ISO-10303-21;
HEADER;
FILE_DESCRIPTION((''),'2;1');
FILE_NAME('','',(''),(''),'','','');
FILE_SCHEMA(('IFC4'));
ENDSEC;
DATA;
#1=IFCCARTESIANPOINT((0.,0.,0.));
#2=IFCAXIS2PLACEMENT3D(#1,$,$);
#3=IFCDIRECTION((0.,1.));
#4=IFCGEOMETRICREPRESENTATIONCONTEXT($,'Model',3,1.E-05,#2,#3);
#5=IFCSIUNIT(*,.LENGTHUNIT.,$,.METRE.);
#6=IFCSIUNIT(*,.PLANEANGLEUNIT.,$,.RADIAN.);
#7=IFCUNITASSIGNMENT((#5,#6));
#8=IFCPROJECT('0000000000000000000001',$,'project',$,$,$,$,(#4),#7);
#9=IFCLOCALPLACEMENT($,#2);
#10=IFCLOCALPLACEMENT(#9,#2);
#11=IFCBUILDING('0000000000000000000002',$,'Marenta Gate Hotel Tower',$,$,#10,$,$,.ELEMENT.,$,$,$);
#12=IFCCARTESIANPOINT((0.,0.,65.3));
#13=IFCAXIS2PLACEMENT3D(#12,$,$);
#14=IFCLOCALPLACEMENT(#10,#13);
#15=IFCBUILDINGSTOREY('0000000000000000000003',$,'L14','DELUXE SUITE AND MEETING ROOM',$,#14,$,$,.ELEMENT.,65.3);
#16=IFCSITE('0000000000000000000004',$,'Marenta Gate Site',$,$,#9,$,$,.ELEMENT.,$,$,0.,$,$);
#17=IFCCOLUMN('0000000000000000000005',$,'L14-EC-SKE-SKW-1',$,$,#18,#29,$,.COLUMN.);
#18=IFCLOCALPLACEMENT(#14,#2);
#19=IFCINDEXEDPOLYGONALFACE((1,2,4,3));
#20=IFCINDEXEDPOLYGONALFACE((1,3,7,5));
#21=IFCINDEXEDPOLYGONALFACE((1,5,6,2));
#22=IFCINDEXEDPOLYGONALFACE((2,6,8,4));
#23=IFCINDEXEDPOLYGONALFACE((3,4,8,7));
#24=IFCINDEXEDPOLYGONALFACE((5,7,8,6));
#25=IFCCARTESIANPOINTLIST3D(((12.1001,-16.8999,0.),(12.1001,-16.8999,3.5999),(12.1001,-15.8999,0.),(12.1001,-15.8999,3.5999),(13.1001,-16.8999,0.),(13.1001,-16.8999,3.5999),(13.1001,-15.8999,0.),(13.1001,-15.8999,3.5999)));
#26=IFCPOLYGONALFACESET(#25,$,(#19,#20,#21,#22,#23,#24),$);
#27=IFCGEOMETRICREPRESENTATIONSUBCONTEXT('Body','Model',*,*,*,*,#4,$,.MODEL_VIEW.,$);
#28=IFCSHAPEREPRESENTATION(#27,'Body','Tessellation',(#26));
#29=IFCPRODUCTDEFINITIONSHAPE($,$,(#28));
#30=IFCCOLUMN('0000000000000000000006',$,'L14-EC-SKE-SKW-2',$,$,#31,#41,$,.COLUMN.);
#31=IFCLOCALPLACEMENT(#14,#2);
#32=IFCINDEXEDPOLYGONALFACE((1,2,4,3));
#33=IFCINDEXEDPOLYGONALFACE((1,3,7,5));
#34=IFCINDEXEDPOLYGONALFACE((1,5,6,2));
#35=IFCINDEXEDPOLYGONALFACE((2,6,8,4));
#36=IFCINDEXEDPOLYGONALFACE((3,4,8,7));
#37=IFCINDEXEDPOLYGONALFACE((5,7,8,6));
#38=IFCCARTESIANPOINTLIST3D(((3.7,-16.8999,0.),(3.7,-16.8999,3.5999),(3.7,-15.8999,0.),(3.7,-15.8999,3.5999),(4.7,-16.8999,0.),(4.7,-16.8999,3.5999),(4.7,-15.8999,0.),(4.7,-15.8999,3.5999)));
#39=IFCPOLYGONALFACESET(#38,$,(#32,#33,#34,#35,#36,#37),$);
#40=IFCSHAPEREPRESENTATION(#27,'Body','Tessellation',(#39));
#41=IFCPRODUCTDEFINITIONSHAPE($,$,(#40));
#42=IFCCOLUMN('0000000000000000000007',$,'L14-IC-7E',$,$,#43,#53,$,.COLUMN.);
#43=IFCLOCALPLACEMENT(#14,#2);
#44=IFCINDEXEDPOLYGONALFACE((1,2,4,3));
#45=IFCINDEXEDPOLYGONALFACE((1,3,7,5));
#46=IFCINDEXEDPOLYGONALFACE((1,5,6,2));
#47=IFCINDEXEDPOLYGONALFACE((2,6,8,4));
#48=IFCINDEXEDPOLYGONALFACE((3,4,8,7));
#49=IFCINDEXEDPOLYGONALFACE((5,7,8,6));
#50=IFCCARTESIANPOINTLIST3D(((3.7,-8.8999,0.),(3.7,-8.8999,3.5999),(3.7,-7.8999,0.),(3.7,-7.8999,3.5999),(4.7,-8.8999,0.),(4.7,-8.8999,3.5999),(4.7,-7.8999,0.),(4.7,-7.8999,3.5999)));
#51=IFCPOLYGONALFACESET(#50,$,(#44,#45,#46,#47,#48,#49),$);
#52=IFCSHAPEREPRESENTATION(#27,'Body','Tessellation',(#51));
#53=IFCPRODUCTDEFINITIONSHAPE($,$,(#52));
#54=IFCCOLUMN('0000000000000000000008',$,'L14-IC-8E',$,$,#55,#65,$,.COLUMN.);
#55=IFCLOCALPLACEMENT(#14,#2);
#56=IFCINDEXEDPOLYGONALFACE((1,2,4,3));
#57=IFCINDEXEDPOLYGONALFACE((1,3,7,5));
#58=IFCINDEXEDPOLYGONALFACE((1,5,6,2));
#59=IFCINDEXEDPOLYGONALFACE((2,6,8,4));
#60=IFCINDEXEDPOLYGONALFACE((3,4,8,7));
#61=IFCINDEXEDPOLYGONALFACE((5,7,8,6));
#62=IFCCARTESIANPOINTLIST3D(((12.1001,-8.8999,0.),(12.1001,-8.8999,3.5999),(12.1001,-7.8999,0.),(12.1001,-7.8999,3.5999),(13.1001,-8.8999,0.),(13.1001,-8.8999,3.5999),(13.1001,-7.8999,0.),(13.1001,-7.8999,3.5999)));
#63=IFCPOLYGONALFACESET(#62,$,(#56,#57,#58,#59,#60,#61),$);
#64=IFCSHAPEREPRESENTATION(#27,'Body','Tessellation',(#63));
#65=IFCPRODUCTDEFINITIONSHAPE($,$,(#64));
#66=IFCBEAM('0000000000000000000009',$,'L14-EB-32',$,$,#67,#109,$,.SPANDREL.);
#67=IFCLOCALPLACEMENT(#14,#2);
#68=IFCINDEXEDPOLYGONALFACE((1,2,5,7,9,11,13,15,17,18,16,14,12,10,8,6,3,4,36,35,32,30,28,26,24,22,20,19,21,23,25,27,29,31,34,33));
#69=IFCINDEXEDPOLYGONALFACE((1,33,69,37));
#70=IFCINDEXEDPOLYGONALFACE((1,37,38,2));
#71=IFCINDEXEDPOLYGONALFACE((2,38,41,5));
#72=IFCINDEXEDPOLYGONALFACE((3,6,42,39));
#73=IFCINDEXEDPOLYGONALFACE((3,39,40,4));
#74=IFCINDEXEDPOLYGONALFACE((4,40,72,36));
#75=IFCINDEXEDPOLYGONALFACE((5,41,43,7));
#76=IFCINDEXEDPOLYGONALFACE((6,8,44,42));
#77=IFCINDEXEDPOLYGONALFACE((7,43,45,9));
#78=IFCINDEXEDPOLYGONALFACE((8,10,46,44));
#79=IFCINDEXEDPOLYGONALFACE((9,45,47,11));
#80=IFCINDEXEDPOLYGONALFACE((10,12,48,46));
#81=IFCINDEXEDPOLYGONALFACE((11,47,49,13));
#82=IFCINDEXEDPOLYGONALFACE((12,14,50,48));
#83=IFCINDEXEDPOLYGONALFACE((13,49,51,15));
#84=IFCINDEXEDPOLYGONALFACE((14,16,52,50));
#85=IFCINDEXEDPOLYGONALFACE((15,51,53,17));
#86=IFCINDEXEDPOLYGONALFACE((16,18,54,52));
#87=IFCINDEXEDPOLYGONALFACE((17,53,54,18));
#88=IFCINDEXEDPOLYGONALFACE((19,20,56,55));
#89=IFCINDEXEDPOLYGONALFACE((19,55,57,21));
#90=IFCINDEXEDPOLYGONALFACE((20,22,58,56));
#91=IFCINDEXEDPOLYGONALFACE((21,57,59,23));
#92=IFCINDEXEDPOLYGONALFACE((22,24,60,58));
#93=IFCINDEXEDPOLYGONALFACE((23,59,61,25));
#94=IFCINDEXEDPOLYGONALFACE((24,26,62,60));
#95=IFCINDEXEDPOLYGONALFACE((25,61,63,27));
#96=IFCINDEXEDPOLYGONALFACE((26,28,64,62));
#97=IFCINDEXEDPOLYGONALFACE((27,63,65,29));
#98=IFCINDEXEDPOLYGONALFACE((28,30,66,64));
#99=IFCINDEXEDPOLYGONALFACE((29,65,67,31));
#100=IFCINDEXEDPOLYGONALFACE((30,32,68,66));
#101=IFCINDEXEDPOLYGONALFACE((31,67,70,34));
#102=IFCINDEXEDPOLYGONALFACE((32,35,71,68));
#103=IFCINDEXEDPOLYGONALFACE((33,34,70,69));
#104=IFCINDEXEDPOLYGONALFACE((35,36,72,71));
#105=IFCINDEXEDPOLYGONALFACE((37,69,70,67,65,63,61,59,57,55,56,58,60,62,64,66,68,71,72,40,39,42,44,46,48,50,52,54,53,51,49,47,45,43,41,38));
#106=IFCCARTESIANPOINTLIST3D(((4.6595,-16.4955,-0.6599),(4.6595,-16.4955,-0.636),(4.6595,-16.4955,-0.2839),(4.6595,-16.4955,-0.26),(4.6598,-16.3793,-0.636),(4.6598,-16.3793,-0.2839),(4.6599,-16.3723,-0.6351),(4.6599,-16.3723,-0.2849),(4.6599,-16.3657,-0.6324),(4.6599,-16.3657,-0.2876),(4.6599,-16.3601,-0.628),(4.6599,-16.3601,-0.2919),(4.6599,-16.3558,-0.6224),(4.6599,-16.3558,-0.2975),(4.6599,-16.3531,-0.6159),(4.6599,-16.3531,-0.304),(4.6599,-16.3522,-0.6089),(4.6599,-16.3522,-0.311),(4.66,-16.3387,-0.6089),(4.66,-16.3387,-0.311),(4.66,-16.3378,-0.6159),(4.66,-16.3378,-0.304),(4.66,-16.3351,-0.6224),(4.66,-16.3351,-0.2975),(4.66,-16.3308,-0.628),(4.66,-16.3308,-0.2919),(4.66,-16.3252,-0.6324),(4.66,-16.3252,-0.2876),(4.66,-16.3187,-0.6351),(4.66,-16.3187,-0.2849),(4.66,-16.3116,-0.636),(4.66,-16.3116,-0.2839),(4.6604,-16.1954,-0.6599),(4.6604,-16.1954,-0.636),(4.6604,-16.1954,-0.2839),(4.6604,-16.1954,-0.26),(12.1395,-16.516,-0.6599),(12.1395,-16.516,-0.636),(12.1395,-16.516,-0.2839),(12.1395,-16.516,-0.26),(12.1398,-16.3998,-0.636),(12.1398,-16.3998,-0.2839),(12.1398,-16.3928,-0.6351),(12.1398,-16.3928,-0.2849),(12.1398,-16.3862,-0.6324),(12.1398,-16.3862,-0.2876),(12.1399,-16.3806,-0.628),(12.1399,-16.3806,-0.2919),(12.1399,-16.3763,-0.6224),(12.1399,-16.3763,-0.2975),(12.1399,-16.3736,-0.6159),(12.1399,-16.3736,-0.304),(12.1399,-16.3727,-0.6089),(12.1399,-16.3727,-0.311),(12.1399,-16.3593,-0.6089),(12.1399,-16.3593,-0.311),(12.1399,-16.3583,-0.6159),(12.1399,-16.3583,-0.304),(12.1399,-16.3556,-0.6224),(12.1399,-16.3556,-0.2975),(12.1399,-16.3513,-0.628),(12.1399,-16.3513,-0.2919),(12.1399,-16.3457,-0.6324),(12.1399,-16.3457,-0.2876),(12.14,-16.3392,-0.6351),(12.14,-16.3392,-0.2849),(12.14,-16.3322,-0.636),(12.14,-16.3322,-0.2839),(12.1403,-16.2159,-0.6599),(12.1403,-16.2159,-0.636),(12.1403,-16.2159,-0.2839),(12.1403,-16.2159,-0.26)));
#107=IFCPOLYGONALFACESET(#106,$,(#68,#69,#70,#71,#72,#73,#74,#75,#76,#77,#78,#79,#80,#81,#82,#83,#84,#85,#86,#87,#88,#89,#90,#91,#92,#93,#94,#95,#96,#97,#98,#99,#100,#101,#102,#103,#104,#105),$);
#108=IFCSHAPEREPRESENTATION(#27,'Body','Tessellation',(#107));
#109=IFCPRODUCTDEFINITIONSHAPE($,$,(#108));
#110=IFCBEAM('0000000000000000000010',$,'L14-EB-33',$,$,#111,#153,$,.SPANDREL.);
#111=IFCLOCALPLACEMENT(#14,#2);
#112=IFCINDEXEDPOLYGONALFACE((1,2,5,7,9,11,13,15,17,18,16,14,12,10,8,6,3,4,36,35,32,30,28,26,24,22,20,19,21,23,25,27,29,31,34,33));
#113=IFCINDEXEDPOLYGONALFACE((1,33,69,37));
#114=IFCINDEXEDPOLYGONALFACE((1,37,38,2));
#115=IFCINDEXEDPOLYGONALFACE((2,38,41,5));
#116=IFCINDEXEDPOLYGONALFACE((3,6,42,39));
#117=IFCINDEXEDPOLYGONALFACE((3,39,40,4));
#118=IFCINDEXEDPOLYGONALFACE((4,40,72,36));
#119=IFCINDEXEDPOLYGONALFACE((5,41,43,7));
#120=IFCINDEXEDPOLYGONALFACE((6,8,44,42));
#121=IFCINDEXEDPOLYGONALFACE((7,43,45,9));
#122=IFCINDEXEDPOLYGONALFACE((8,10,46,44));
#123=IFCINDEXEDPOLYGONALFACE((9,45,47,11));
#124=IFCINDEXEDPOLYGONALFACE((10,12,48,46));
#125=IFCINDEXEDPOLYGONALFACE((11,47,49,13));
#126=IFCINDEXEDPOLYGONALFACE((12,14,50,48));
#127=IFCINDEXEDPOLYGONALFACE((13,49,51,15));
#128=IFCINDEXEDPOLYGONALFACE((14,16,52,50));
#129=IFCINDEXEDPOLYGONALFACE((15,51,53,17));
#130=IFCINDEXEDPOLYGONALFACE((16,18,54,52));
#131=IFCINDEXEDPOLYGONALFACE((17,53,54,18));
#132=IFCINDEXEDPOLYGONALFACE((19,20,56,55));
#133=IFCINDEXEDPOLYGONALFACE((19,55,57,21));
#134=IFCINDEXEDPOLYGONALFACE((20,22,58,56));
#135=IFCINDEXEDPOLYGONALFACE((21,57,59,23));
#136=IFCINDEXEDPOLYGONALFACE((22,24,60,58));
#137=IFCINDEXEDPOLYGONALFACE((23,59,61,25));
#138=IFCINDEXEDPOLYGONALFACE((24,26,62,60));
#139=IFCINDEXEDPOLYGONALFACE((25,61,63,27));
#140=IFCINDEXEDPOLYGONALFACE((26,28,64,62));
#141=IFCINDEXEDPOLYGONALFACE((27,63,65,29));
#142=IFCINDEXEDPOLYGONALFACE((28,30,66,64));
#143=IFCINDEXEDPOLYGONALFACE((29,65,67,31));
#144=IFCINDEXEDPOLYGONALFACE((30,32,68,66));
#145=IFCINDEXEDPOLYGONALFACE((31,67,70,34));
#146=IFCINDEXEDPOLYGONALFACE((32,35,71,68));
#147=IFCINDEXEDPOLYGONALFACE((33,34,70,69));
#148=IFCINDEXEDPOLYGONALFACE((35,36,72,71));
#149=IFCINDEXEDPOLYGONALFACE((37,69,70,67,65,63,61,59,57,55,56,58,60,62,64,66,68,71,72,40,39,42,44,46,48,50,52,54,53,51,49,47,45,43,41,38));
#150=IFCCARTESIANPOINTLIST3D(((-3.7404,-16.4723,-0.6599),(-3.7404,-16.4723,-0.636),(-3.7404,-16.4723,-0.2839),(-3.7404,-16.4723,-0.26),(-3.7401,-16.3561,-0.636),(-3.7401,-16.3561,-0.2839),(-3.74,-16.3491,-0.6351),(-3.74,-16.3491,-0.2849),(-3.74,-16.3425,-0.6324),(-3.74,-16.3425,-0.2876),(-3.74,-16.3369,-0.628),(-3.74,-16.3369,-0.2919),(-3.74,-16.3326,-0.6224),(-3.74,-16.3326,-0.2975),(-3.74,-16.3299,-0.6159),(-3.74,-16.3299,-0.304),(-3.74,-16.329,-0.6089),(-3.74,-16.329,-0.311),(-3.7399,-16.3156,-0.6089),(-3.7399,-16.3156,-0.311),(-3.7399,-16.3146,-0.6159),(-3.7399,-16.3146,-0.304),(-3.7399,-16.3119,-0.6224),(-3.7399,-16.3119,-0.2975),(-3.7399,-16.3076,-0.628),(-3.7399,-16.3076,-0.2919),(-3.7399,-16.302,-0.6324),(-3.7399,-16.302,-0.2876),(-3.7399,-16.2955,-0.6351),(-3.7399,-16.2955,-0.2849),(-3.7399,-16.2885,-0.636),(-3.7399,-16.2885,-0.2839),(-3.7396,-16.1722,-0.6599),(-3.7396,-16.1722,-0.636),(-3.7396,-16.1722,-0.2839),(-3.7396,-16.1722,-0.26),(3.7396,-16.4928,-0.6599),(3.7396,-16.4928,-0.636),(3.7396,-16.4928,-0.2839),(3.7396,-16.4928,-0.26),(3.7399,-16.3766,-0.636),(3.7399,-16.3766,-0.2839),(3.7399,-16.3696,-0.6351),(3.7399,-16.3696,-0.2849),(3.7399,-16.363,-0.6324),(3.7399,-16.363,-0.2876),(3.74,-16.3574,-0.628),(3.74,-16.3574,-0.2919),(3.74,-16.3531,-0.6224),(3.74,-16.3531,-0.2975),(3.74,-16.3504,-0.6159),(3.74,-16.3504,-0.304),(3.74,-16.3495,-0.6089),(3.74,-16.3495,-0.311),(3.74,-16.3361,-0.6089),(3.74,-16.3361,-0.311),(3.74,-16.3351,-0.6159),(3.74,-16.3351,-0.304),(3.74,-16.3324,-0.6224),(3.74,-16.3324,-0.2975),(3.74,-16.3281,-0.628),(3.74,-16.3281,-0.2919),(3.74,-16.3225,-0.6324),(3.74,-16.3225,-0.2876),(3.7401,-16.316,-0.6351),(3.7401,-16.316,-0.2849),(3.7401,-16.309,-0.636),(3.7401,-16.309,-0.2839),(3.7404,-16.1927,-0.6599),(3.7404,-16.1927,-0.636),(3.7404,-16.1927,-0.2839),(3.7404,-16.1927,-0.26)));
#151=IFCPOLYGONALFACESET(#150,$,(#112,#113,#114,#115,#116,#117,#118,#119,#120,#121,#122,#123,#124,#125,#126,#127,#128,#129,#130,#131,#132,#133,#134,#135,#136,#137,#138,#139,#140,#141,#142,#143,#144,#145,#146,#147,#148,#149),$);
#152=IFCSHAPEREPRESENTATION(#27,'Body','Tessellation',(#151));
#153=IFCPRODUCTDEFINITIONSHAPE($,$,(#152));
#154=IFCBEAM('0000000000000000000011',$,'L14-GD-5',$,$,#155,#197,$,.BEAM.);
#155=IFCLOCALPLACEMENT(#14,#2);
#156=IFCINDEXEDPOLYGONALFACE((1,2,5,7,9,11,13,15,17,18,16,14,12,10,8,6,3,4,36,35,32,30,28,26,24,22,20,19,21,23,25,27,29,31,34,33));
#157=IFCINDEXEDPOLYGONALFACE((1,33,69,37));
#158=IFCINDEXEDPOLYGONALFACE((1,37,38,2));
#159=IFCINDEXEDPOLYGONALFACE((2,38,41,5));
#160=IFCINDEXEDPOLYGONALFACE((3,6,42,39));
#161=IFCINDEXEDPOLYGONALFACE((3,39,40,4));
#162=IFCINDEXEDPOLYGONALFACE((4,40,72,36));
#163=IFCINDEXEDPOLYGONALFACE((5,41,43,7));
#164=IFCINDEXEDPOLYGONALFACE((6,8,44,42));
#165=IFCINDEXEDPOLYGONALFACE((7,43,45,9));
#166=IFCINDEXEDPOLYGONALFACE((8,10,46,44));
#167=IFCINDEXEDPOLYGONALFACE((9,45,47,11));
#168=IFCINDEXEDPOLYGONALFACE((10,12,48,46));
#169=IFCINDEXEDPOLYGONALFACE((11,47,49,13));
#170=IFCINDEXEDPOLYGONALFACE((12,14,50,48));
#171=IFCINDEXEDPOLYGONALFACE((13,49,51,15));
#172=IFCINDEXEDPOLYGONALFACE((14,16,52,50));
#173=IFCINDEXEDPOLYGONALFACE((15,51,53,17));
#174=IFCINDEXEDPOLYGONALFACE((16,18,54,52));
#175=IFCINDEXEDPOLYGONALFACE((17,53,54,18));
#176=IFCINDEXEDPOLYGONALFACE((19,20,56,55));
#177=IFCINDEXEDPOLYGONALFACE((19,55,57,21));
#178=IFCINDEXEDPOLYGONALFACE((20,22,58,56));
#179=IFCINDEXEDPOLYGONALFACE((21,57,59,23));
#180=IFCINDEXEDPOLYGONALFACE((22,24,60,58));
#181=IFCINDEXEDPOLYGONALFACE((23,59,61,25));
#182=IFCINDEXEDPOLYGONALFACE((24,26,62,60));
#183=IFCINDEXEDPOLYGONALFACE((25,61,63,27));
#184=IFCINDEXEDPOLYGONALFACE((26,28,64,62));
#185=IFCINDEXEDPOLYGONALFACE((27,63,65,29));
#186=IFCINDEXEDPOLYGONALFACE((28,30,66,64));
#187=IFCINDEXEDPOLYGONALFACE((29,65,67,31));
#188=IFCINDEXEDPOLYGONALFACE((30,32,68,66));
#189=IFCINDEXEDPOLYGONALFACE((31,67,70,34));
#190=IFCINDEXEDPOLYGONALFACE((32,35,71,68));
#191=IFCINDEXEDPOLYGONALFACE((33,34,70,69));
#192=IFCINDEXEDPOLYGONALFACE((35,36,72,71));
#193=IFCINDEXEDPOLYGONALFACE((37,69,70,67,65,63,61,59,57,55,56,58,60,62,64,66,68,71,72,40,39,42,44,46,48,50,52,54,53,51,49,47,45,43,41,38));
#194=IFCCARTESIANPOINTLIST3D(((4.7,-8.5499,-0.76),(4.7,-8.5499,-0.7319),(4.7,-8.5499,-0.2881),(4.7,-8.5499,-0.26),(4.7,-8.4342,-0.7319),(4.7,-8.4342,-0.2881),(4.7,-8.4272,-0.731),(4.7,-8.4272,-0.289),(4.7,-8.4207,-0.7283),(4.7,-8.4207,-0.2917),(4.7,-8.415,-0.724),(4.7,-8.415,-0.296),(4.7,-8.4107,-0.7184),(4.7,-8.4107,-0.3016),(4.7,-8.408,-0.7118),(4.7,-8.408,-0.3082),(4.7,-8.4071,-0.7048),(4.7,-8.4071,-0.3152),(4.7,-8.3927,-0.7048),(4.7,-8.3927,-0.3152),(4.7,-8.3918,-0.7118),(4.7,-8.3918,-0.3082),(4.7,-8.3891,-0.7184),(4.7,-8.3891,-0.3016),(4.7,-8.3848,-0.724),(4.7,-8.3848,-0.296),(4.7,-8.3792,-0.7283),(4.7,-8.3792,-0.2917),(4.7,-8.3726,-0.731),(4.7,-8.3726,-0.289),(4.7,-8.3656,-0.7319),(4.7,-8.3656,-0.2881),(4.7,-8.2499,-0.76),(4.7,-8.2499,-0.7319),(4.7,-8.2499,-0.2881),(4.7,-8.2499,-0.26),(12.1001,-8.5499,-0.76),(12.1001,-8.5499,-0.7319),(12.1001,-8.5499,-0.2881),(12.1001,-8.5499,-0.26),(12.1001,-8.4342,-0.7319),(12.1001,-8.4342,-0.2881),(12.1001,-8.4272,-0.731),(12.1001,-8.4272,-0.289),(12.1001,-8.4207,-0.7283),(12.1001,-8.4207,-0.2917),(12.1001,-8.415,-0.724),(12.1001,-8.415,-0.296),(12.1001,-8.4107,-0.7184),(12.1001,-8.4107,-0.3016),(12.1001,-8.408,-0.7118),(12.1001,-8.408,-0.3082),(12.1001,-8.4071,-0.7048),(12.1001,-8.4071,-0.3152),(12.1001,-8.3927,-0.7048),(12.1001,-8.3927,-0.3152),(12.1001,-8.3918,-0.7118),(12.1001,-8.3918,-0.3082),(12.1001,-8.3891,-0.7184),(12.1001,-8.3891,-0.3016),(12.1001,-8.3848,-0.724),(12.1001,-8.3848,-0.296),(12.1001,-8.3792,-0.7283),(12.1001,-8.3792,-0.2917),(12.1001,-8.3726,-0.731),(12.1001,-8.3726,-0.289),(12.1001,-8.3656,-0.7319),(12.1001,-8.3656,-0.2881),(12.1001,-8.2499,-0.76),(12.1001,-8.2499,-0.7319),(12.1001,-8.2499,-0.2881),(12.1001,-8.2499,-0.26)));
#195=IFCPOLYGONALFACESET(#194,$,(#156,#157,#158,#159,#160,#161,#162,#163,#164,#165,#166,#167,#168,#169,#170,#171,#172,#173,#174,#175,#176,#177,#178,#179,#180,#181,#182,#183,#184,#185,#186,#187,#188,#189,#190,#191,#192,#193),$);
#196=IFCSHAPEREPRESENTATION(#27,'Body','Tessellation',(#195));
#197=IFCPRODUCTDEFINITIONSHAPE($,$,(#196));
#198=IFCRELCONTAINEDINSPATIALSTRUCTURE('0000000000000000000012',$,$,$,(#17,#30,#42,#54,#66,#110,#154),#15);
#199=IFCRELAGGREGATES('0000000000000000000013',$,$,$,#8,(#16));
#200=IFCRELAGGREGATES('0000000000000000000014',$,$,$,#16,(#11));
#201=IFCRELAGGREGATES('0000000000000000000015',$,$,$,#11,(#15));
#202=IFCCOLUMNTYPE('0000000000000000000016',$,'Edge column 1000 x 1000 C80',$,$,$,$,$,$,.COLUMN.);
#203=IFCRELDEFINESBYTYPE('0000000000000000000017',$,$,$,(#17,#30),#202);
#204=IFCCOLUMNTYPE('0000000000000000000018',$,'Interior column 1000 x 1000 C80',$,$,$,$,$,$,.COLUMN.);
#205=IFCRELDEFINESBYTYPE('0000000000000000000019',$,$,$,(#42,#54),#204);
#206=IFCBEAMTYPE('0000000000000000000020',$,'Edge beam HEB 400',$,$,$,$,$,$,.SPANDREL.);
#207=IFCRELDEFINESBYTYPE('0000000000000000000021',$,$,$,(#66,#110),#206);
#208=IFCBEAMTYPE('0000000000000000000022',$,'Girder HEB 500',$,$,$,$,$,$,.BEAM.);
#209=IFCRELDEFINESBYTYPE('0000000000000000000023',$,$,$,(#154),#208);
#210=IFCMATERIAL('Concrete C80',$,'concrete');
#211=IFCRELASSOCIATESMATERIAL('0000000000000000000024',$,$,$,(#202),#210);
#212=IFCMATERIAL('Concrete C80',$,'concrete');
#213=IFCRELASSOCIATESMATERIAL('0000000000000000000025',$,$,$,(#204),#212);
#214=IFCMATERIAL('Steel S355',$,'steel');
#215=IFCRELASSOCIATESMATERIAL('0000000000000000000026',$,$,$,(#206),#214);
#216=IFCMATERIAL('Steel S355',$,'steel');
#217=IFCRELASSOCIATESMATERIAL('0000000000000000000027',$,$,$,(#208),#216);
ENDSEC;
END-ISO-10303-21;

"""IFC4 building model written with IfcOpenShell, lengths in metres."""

from ifc_helpers import new_model, si_unit, direction, frame, origin, origin_2d, place, context, subcontext, project, spatial, rectangle, i_section, extrude, material, material_profile, profile_set, type_object, element, save


model = new_model("IFC4")

# Units and contexts
model_context = context("Model", 3, precision=1e-05, world=origin(), true_north=direction((0.0, 1.0)))
body_context = subcontext(model_context, "Body", "Model", "MODEL_VIEW")
ifc_project = project(units=[si_unit("LENGTHUNIT", "METRE"), si_unit("PLANEANGLEUNIT", "RADIAN")], contexts=[model_context])

# Site, building, storey
site_placement = place(None, origin())
site = spatial("IfcSite", under=ifc_project, at=site_placement, Name="Marenta Gate Site", CompositionType="ELEMENT", RefElevation=0.0)
building_placement = place(site_placement, origin())
building = spatial("IfcBuilding", under=site, at=building_placement, Name="Marenta Gate Hotel Tower", CompositionType="ELEMENT")
storey_placement = place(building_placement, frame((0.0, 0.0, 65.3)))
storey = spatial("IfcBuildingStorey", under=building, at=storey_placement, Name="L14", Description="DELUXE SUITE AND MEETING ROOM", CompositionType="ELEMENT", Elevation=65.3)

# Columns
ifc_material_1 = material(Name="Concrete C80", Category="concrete")
ifc_material_profile_1 = material_profile(ifc_material_1, rectangle(XDim=1.0, YDim=1.0, at=origin_2d()), Name="1000 x 1000")
ifc_profile_set_1 = profile_set([ifc_material_profile_1], Name="Concrete C80")
column_type_1 = type_object("IfcColumnType", Name="Edge column 1000 x 1000 C80", PredefinedType="COLUMN", material=ifc_profile_set_1)
for number, where, z_axis, x_axis, name in (
    (1, (12.6001, -16.3999, 0.0), (0.0, 0.0, 1.0), (1.0, 0.0, 0.0), "L14-EC-SKE-SKW-1"),
    (2, (4.2, -16.3999, 0.0), (0.0, 0.0, 1.0), (1.0, 0.0, 0.0), "L14-EC-SKE-SKW-2"),
):
    element("IfcColumn", number, at=place(storey_placement, frame(where, z_axis=z_axis, x_axis=x_axis)), inside=storey, type_object=column_type_1, Name=name, PredefinedType="COLUMN", context=body_context, shape_type="SweptSolid", body=[
        extrude(rectangle(XDim=1.0, YDim=1.0, at=origin_2d()), origin(), (0.0, 0.0, 1.0), 3.5999),
    ])
ifc_material_2 = material(Name="Concrete C80", Category="concrete")
ifc_material_profile_2 = material_profile(ifc_material_2, rectangle(XDim=1.0, YDim=1.0, at=origin_2d()), Name="1000 x 1000")
ifc_profile_set_2 = profile_set([ifc_material_profile_2], Name="Concrete C80")
column_type_2 = type_object("IfcColumnType", Name="Interior column 1000 x 1000 C80", PredefinedType="COLUMN", material=ifc_profile_set_2)
for number, where, z_axis, x_axis, name in (
    (3, (4.2, -8.3999, 0.0), (0.0, 0.0, 1.0), (1.0, 0.0, 0.0), "L14-IC-7E"),
    (4, (12.6001, -8.3999, 0.0), (0.0, 0.0, 1.0), (1.0, 0.0, 0.0), "L14-IC-8E"),
):
    element("IfcColumn", number, at=place(storey_placement, frame(where, z_axis=z_axis, x_axis=x_axis)), inside=storey, type_object=column_type_2, Name=name, PredefinedType="COLUMN", context=body_context, shape_type="SweptSolid", body=[
        extrude(rectangle(XDim=1.0, YDim=1.0, at=origin_2d()), origin(), (0.0, 0.0, 1.0), 3.5999),
    ])

# Beams
ifc_material_3 = material(Name="Steel S355", Category="steel")
ifc_material_profile_3 = material_profile(ifc_material_3, i_section(OverallWidth=0.3, OverallDepth=0.3999, WebThickness=0.0134, FlangeThickness=0.0239, FilletRadius=0.0271, at=origin_2d()), Name="HEB 400")
ifc_profile_set_3 = profile_set([ifc_material_profile_3], Name="Steel S355")
beam_type_1 = type_object("IfcBeamType", Name="Edge beam HEB 400", PredefinedType="SPANDREL", material=ifc_profile_set_3)
for number, where, z_axis, x_axis, name in (
    (5, (12.1399, -16.366, -0.46), (-0.999996, 0.002742, 0.0), (-0.002742, -0.999996, 0.0), "L14-EB-32"),
    (6, (3.74, -16.3428, -0.46), (-0.999996, 0.002742, 0.0), (-0.002742, -0.999996, 0.0), "L14-EB-33"),
):
    element("IfcBeam", number, at=place(storey_placement, frame(where, z_axis=z_axis, x_axis=x_axis)), inside=storey, type_object=beam_type_1, Name=name, PredefinedType="SPANDREL", context=body_context, shape_type="SweptSolid", body=[
        extrude(i_section(OverallWidth=0.3, OverallDepth=0.3999, WebThickness=0.0134, FlangeThickness=0.0239, FilletRadius=0.0271, at=origin_2d()), origin(), (0.0, 0.0, 1.0), 7.48),
    ])
ifc_material_4 = material(Name="Steel S355", Category="steel")
ifc_material_profile_4 = material_profile(ifc_material_4, i_section(OverallWidth=0.3, OverallDepth=0.5, WebThickness=0.0144, FlangeThickness=0.0281, FilletRadius=0.0271, at=origin_2d()), Name="HEB 500")
ifc_profile_set_4 = profile_set([ifc_material_profile_4], Name="Steel S355")
beam_type_2 = type_object("IfcBeamType", Name="Girder HEB 500", PredefinedType="BEAM", material=ifc_profile_set_4)
beam_placement = place(storey_placement, frame((4.7, -8.3999, -0.51), z_axis=(1.0, 0.0, 0.0), x_axis=(0.0, 1.0, 0.0)))
element("IfcBeam", 7, at=beam_placement, inside=storey, type_object=beam_type_2, Name="L14-GD-5", PredefinedType="BEAM", context=body_context, shape_type="SweptSolid", body=[
    extrude(i_section(OverallWidth=0.3, OverallDepth=0.5, WebThickness=0.0144, FlangeThickness=0.0281, FilletRadius=0.0271, at=origin_2d()), origin(), (0.0, 0.0, 1.0), 7.4001),
])

save(model, "model.ifc")
